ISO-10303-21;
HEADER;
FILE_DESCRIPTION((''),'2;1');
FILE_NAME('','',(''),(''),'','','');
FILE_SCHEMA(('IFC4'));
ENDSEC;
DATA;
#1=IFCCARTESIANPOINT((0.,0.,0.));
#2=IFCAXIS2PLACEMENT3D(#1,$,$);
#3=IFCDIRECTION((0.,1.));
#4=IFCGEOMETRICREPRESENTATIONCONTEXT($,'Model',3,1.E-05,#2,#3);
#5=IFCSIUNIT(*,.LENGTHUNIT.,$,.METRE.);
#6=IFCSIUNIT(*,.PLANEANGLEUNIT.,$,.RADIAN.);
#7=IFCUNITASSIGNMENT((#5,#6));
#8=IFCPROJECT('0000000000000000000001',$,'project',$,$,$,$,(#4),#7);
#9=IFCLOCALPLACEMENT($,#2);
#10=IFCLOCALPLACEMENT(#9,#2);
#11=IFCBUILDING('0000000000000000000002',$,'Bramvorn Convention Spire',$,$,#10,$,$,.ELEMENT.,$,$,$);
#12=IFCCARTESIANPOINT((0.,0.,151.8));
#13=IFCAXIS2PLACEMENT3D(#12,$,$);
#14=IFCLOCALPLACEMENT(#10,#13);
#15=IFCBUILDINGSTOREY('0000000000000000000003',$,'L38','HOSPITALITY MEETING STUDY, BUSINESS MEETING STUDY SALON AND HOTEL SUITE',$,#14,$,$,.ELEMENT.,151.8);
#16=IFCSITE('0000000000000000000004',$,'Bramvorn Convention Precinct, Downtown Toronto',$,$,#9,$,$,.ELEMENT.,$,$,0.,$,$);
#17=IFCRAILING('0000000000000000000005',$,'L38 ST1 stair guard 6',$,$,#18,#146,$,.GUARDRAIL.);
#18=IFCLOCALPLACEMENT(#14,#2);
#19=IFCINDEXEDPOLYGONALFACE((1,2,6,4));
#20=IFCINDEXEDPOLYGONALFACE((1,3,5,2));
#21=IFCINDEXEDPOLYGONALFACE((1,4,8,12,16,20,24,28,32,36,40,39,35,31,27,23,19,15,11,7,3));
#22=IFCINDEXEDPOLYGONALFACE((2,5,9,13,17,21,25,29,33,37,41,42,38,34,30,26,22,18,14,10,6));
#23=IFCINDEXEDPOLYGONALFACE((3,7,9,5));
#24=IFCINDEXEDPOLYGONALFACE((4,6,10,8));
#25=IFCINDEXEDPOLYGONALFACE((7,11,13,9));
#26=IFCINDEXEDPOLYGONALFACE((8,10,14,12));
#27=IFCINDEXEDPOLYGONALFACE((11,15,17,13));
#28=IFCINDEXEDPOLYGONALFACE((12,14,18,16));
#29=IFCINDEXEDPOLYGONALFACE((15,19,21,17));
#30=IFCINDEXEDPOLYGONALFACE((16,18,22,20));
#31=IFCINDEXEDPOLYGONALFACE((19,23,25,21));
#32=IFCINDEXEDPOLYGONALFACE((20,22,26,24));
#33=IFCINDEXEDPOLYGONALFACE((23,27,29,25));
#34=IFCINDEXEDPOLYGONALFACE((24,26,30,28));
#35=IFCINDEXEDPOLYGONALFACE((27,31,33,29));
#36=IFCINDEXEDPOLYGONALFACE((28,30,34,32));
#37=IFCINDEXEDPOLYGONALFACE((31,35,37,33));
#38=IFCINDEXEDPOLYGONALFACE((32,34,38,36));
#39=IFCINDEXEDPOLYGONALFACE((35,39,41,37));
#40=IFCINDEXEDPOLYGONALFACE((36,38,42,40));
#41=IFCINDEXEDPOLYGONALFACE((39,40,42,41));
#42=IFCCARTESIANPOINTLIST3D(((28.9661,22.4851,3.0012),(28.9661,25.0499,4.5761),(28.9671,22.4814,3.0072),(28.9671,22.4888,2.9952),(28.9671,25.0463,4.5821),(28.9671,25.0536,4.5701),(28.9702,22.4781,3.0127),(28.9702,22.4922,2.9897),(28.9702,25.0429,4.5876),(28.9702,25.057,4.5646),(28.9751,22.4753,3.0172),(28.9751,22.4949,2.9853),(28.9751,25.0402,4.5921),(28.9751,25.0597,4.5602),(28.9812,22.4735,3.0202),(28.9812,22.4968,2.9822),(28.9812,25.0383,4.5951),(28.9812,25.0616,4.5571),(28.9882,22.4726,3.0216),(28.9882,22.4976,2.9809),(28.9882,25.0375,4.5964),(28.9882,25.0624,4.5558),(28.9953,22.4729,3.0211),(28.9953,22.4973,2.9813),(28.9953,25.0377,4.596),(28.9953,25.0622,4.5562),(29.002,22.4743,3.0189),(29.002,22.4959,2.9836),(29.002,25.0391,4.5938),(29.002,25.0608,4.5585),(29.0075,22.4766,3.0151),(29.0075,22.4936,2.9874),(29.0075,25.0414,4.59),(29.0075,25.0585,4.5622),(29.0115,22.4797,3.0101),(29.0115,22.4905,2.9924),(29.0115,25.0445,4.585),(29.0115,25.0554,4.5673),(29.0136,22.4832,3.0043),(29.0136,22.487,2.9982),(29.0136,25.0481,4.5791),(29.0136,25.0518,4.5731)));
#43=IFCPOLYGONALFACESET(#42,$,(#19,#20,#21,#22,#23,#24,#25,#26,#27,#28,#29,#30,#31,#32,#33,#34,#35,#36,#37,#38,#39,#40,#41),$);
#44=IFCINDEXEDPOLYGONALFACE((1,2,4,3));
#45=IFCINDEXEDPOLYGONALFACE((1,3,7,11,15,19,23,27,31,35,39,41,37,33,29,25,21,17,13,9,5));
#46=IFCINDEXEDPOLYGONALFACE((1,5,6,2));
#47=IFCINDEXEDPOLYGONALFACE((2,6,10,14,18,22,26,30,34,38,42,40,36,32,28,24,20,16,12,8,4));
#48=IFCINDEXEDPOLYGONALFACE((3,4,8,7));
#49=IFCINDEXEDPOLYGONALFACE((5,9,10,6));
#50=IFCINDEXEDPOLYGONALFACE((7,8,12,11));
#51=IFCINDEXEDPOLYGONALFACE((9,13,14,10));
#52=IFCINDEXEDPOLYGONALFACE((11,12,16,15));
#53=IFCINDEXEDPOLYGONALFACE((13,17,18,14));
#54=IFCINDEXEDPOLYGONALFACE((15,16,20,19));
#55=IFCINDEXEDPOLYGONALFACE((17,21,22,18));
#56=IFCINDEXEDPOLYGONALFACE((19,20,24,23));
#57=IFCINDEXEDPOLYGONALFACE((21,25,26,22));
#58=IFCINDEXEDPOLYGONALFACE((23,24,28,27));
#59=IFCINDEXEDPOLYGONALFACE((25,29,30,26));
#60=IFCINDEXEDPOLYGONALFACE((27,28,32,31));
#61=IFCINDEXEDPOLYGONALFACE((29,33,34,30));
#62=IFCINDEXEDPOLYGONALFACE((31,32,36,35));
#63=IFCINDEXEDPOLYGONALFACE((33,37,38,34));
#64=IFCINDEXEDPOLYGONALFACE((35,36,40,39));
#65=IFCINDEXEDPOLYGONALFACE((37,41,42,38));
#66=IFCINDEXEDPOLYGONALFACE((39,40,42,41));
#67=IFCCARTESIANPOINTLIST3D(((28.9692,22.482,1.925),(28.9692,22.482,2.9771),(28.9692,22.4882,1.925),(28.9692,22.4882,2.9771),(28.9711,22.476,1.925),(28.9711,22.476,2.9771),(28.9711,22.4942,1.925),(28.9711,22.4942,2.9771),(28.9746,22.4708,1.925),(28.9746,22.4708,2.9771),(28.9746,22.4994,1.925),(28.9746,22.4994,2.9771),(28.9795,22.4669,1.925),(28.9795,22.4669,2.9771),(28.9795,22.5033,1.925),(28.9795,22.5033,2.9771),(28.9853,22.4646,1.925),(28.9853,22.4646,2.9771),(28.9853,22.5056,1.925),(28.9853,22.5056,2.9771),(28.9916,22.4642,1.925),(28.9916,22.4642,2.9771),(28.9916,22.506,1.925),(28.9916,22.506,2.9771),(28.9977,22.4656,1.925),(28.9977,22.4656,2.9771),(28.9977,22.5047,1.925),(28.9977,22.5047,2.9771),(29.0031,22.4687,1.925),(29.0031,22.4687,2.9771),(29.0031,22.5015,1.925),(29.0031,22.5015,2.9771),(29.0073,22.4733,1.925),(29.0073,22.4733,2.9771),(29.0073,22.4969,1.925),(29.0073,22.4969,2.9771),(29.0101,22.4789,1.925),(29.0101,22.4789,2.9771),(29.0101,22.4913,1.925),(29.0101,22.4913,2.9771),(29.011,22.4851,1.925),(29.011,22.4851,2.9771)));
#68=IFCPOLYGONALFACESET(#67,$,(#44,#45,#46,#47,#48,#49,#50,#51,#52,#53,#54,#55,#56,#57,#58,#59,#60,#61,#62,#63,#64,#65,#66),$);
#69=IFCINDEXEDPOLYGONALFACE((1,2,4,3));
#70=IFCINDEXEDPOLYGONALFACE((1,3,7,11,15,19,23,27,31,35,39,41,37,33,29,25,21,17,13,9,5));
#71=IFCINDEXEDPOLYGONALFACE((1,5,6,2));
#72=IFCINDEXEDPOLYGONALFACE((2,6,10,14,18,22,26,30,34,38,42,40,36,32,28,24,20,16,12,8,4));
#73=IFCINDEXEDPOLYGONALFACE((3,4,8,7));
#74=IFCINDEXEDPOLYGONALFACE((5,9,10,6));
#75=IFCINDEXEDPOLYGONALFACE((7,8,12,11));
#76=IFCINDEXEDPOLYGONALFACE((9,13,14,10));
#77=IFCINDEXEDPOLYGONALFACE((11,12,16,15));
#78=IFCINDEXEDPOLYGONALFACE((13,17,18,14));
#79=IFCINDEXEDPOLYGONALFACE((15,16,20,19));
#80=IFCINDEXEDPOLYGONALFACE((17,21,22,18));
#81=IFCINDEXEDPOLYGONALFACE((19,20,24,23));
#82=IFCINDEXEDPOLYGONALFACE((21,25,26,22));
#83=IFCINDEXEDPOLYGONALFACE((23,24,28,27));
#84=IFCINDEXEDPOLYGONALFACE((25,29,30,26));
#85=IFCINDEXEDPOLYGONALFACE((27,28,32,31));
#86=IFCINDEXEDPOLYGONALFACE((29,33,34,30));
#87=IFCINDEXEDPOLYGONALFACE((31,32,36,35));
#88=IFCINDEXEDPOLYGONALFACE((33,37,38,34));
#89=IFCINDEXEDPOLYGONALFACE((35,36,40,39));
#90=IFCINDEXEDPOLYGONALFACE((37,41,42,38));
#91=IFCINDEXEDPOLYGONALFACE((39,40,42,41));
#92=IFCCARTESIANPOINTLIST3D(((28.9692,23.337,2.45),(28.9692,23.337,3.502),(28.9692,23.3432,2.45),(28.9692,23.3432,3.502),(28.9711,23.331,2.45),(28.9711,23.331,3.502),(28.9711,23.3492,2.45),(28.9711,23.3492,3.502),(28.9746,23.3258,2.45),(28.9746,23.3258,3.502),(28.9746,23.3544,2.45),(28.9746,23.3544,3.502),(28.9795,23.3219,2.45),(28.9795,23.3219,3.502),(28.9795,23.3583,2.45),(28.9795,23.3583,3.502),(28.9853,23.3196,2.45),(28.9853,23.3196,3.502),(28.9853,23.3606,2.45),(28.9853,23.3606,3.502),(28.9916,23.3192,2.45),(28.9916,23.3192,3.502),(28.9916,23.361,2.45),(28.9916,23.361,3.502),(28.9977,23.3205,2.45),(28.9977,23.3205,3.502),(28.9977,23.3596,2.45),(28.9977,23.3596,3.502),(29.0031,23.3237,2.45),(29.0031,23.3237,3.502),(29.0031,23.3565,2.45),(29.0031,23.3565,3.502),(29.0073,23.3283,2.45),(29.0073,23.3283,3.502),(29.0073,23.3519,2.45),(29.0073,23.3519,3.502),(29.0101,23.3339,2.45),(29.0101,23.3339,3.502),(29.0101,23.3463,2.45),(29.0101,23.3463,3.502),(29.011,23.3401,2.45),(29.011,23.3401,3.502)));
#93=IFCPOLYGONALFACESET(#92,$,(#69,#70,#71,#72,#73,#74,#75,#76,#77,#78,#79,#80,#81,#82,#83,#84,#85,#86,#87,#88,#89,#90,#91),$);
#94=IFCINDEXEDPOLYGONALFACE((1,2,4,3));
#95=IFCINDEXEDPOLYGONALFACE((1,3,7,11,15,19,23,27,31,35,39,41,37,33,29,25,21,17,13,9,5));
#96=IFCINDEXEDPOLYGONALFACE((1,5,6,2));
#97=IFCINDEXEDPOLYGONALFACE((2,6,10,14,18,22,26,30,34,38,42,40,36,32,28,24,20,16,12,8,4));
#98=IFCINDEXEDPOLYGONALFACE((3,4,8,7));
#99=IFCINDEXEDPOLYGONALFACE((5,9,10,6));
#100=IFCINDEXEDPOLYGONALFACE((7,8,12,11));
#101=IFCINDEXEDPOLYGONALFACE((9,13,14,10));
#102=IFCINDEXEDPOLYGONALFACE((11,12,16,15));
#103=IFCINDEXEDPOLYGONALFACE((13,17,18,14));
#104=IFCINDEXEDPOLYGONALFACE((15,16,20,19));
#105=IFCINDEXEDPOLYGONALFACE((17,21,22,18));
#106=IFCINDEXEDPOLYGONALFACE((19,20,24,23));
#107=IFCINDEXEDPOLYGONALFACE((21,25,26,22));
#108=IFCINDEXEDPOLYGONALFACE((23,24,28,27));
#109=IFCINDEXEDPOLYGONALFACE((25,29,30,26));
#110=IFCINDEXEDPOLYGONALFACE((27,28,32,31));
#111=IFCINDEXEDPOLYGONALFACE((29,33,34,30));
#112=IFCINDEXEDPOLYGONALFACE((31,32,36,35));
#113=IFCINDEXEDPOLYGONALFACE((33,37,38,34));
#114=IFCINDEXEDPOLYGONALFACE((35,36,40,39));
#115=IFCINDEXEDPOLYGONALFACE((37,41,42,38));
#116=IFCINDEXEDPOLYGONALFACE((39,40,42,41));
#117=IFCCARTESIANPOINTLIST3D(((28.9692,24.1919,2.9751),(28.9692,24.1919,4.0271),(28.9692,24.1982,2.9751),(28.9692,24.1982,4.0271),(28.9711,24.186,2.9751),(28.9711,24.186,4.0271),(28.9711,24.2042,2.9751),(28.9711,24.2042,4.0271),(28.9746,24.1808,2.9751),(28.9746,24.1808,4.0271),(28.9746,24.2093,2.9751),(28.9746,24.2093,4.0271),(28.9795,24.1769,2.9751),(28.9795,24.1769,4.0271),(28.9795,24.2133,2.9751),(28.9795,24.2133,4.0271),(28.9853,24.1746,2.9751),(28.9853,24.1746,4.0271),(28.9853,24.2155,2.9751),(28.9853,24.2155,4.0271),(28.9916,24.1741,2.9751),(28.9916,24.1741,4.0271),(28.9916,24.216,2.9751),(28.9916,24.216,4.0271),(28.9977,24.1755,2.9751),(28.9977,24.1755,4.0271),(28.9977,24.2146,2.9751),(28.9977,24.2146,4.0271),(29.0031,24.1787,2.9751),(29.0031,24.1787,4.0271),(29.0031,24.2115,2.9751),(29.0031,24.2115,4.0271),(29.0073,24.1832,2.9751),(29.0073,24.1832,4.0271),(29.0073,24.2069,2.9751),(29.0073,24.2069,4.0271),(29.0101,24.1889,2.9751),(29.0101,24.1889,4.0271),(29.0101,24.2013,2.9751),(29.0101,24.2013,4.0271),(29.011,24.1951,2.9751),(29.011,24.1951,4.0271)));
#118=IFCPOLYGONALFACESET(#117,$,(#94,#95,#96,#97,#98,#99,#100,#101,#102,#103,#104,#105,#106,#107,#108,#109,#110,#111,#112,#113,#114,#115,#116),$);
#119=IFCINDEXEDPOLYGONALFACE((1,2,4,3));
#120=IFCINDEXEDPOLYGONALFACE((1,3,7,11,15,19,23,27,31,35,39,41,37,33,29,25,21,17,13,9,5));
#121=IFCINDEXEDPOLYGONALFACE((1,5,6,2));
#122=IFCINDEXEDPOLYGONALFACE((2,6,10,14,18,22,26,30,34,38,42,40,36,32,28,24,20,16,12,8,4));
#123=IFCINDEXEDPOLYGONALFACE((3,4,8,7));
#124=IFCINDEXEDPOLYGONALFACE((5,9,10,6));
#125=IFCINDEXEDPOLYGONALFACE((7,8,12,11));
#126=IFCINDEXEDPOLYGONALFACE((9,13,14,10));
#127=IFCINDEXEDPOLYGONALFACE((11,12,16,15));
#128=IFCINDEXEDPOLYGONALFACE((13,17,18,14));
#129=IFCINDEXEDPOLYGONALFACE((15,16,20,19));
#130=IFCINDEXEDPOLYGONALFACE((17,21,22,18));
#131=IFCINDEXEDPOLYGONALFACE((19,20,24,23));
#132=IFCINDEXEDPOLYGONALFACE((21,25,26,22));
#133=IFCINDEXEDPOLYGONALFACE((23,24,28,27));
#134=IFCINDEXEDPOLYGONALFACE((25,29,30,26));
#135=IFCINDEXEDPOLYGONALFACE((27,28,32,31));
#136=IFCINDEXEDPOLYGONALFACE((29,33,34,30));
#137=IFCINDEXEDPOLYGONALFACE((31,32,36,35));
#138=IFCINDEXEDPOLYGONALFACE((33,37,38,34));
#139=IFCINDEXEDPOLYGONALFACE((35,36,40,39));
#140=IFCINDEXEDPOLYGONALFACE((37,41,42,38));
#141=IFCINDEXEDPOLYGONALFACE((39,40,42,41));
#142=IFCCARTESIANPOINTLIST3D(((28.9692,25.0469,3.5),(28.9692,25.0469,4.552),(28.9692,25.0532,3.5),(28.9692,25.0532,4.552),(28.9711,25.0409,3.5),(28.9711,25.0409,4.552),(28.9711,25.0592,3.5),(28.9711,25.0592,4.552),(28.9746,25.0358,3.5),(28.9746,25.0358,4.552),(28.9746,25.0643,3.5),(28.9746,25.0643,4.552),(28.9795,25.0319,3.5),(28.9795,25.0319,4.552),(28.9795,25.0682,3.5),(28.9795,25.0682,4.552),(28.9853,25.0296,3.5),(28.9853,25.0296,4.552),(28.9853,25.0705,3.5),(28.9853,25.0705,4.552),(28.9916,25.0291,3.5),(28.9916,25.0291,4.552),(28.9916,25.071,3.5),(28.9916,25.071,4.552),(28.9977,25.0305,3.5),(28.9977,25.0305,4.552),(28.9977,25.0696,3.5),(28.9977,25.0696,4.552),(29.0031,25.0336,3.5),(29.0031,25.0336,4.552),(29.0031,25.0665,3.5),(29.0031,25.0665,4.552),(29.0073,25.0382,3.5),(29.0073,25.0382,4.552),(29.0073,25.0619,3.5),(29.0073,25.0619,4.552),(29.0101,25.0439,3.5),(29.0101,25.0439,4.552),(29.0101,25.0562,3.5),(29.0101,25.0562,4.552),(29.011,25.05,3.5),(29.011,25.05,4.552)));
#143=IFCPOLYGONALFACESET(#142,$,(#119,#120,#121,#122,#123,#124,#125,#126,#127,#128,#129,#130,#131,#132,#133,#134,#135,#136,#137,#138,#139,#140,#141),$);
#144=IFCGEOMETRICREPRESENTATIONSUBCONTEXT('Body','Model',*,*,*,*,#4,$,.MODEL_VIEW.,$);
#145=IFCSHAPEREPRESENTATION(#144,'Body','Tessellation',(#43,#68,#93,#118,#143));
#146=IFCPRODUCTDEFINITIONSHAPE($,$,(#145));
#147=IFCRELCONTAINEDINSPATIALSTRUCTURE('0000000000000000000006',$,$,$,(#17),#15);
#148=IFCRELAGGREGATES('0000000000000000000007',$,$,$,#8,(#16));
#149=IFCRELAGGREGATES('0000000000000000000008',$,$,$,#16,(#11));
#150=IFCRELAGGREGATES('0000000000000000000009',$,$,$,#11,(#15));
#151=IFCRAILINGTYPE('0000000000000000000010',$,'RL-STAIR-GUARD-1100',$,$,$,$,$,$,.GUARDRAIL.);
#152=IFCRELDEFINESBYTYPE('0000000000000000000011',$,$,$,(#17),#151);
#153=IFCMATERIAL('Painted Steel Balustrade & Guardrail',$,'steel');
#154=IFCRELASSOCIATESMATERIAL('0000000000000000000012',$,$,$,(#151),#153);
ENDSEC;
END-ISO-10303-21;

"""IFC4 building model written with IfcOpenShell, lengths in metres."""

from ifc_helpers import new_model, si_unit, direction, frame, origin, origin_2d, place, context, subcontext, project, spatial, circle, extrude, material, type_object, element, save


model = new_model("IFC4")

# Units and contexts
model_context = context("Model", 3, precision=1e-05, world=origin(), true_north=direction((0.0, 1.0)))
body_context = subcontext(model_context, "Body", "Model", "MODEL_VIEW")
ifc_project = project(units=[si_unit("LENGTHUNIT", "METRE"), si_unit("PLANEANGLEUNIT", "RADIAN")], contexts=[model_context])

# Site, building, storey
site_placement = place(None, origin())
site = spatial("IfcSite", under=ifc_project, at=site_placement, Name="Bramvorn Convention Precinct, Downtown Toronto", CompositionType="ELEMENT", RefElevation=0.0)
building_placement = place(site_placement, origin())
building = spatial("IfcBuilding", under=site, at=building_placement, Name="Bramvorn Convention Spire", CompositionType="ELEMENT")
storey_placement = place(building_placement, frame((0.0, 0.0, 151.8)))
storey = spatial("IfcBuildingStorey", under=building, at=storey_placement, Name="L38", Description="HOSPITALITY MEETING STUDY, BUSINESS MEETING STUDY SALON AND HOTEL SUITE", CompositionType="ELEMENT", Elevation=151.8)

# Railing
ifc_material_1 = material(Name="Painted Steel Balustrade & Guardrail", Category="steel")
railing_type_1 = type_object("IfcRailingType", Name="RL-STAIR-GUARD-1100", PredefinedType="GUARDRAIL", material=ifc_material_1)
railing_1_placement = place(storey_placement, frame((28.99, 22.4851, 1.925)))
element("IfcRailing", 1, at=railing_1_placement, inside=storey, type_object=railing_type_1, Name="L38 ST1 stair guard 6", PredefinedType="GUARDRAIL", context=body_context, shape_type="SweptSolid", body=[
    extrude(circle(Radius=0.0239, at=origin_2d()), frame((0.0, 0.0, 1.0762), z_axis=(0.0, 0.852173, 0.52326), x_axis=(-1.0, 0.0, 0.0)), (0.0, 0.0, 1.0), 3.0098),
    extrude(circle(Radius=0.021, at=origin_2d()), origin(), (0.0, 0.0, 1.0), 1.052),
    extrude(circle(Radius=0.021, at=origin_2d()), frame((0.0, 0.855, 0.5249)), (0.0, 0.0, 1.0), 1.052),
    extrude(circle(Radius=0.021, at=origin_2d()), frame((0.0, 1.71, 1.05)), (0.0, 0.0, 1.0), 1.052),
    extrude(circle(Radius=0.021, at=origin_2d()), frame((0.0, 2.5649, 1.575)), (0.0, 0.0, 1.0), 1.052),
])

save(model, "model.ifc")
